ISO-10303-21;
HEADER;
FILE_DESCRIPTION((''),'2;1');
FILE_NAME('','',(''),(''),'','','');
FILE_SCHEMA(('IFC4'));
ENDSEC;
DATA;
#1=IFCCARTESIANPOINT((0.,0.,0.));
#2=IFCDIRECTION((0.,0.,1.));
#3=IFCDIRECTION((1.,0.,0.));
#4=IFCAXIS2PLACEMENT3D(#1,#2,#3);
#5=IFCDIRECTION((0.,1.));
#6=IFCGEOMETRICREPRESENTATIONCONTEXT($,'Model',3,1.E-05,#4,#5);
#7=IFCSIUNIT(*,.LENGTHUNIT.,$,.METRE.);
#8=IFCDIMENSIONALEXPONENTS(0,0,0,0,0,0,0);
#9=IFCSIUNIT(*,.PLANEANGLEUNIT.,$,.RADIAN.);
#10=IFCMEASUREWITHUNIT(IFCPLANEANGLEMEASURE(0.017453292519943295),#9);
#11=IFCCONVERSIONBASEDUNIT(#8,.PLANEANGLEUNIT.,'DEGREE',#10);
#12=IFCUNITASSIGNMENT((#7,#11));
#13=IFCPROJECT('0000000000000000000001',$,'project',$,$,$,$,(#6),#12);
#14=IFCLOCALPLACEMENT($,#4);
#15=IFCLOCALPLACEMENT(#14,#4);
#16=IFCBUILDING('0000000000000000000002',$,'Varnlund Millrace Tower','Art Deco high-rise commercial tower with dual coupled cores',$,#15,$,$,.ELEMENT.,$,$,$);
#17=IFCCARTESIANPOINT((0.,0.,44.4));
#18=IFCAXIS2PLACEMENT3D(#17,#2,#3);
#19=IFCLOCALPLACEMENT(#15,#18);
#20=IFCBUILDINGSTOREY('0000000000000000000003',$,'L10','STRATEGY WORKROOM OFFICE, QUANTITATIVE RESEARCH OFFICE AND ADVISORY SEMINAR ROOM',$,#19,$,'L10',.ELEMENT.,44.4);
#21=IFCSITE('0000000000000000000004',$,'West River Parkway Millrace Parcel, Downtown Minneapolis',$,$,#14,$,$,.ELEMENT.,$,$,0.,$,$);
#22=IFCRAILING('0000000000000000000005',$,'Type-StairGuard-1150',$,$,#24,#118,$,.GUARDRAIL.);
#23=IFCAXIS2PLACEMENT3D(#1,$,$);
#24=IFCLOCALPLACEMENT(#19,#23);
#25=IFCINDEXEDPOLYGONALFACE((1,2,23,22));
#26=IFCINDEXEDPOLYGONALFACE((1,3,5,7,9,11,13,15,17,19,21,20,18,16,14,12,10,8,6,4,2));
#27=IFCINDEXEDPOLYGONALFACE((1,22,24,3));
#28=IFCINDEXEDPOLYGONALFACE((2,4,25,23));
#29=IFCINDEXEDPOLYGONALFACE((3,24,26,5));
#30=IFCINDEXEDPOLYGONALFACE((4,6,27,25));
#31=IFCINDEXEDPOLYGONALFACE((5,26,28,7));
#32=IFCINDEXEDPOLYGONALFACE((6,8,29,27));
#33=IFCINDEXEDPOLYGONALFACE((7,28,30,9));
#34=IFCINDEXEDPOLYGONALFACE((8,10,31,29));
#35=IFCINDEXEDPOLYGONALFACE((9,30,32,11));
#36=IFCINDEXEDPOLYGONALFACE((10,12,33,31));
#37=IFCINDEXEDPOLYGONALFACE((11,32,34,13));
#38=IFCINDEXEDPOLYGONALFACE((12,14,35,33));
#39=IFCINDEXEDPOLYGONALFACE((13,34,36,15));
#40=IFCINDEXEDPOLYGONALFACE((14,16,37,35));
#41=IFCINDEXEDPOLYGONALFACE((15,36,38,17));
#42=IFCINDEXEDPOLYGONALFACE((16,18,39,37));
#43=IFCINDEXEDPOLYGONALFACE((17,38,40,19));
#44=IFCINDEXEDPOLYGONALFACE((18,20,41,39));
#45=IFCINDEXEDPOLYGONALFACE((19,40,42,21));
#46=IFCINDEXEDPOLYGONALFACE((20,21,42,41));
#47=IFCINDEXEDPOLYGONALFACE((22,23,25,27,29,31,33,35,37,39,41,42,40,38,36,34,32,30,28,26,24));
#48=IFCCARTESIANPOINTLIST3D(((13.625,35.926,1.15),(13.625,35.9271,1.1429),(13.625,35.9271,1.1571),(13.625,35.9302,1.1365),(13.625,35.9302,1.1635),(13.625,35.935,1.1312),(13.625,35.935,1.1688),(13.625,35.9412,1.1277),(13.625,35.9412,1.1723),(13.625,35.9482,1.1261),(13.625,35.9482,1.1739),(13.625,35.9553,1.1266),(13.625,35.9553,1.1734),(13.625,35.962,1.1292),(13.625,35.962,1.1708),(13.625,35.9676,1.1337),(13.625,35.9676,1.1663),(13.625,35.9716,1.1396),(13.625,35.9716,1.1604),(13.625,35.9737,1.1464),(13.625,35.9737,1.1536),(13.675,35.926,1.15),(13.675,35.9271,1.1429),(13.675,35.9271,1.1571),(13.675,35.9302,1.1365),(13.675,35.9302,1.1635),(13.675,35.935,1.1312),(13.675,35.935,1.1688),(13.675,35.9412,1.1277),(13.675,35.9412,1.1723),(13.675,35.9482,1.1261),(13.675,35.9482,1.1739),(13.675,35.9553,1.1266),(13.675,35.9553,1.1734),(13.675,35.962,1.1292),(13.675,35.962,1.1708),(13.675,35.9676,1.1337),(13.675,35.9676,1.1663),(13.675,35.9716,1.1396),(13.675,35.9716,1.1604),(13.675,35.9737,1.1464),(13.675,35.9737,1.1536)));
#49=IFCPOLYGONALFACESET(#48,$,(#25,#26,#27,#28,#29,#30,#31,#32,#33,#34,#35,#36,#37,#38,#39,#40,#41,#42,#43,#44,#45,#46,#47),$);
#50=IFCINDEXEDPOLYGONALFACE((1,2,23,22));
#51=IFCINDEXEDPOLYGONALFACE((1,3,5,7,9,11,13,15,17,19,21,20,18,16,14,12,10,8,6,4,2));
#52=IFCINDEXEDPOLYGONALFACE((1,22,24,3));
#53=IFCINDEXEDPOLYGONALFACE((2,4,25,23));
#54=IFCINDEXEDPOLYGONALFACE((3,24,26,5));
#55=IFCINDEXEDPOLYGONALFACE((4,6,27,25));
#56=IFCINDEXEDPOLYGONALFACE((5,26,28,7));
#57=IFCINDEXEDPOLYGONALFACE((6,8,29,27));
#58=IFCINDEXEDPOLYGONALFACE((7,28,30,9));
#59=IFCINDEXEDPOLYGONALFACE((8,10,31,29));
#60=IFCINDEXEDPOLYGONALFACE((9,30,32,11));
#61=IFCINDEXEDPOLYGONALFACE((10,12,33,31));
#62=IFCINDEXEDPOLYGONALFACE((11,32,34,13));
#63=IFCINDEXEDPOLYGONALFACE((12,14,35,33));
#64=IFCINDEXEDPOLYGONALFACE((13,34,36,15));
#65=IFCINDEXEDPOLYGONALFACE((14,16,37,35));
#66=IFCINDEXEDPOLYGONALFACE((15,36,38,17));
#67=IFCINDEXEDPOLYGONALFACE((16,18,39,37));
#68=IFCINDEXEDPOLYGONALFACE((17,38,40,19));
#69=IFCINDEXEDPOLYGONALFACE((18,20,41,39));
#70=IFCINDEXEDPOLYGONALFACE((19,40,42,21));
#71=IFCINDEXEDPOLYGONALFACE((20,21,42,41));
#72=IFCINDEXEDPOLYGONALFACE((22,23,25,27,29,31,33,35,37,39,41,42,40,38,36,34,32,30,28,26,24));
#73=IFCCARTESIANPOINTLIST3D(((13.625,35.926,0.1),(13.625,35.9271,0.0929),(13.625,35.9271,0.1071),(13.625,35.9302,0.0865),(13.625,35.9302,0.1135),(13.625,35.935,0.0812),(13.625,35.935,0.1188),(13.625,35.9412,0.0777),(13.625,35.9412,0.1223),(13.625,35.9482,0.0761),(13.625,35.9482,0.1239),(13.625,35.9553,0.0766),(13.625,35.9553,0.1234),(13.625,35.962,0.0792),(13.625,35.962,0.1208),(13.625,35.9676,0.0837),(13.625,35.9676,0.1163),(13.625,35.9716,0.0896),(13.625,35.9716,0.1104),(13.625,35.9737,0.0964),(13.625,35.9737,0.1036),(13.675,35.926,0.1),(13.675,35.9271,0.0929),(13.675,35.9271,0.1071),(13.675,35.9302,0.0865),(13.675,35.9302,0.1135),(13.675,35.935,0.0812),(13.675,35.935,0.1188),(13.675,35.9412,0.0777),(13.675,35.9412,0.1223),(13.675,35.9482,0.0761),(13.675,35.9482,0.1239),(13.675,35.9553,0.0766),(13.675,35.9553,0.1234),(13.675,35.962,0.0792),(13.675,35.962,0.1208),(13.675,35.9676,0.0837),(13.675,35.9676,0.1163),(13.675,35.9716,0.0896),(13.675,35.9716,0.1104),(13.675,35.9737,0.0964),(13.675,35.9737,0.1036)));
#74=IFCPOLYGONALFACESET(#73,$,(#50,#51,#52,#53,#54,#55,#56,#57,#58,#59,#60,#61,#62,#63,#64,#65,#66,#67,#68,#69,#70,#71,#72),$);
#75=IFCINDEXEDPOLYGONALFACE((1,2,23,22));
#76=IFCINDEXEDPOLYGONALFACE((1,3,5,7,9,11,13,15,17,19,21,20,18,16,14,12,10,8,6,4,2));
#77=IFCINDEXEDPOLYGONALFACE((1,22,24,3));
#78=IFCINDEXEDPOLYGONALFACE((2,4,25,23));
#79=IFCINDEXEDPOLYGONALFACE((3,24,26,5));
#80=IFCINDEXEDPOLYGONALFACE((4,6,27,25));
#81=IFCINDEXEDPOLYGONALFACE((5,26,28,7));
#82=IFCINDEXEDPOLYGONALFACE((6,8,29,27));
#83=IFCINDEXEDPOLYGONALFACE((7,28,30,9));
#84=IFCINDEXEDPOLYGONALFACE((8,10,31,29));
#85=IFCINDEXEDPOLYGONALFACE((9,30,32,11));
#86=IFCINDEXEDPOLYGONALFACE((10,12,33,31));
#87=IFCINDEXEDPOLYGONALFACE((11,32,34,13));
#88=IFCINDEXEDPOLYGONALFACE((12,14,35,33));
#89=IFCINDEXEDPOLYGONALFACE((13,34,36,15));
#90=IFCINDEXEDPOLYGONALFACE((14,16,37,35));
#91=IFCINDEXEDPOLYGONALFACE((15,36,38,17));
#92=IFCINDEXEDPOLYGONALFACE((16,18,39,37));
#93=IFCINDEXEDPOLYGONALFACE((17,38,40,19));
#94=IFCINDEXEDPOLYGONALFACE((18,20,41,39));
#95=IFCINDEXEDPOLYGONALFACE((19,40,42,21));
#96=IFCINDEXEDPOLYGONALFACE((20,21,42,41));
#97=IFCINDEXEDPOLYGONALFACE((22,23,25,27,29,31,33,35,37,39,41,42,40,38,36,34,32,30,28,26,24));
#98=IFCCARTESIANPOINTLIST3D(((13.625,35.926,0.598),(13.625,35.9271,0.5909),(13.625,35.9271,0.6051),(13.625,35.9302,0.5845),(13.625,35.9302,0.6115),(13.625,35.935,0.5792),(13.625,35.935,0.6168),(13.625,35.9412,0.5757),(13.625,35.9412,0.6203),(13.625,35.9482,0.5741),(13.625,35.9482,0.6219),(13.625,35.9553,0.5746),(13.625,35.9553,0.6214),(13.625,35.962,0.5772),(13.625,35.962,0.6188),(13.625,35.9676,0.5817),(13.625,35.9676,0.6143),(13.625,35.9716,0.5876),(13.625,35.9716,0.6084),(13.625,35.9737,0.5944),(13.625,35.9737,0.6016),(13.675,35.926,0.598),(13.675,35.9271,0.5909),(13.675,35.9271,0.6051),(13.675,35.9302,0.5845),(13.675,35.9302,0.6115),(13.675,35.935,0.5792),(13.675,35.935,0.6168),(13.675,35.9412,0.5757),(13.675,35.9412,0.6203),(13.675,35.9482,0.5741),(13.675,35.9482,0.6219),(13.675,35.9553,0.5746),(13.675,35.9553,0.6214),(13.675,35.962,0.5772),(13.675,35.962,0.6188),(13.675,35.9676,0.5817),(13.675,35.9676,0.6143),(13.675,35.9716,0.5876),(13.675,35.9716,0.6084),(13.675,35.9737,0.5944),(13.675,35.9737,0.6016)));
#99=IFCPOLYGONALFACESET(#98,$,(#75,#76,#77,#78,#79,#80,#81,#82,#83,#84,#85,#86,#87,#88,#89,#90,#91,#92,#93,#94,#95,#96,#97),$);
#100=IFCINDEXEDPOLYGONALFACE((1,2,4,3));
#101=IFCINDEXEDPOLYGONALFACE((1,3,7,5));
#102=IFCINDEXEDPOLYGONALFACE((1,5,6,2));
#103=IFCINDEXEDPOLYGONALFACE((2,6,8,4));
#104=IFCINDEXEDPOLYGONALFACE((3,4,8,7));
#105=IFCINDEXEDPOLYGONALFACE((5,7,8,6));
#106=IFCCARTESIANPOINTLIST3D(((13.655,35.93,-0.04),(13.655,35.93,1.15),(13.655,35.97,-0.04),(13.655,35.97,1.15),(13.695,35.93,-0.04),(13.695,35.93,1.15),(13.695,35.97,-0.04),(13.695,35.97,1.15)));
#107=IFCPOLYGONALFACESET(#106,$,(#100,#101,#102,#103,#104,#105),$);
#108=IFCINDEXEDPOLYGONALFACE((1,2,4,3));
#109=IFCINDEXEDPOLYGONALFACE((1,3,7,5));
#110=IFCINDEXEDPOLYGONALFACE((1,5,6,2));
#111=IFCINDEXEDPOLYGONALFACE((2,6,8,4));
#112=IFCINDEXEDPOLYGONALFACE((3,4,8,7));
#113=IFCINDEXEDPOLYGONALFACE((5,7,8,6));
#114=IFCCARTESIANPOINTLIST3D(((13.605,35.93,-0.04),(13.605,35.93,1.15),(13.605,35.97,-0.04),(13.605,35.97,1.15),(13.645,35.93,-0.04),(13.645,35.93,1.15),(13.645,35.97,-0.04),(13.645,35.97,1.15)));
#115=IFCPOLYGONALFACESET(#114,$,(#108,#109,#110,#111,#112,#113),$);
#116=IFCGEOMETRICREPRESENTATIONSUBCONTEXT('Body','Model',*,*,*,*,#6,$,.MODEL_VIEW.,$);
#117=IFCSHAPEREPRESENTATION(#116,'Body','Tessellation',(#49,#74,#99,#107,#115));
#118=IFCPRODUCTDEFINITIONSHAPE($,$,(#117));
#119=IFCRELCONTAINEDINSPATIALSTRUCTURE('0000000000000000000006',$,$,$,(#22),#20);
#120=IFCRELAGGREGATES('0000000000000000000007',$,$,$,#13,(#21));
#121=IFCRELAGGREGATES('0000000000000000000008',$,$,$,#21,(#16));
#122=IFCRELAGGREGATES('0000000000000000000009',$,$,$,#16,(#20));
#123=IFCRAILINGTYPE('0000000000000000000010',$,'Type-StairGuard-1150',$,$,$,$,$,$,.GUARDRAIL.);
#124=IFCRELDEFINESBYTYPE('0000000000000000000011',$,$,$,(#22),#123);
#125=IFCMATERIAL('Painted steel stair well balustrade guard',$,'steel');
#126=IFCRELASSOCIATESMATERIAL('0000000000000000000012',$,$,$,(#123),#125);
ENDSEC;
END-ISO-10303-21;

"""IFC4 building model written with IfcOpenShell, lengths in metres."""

from ifc_helpers import new_model, entity, si_unit, converted_unit, direction, frame, origin_with_axes, origin_2d_with_axis, place, context, subcontext, project, spatial, rectangle, circle, extrude, material, type_object, element, save


model = new_model("IFC4")

# Units and contexts
model_context = context("Model", 3, precision=1e-05, world=origin_with_axes(), true_north=direction((0.0, 1.0)))
body_context = subcontext(model_context, "Body", "Model", "MODEL_VIEW")
ifc_project = project(units=[si_unit("LENGTHUNIT", "METRE"), converted_unit("PLANEANGLEUNIT", "DEGREE", entity("IfcPlaneAngleMeasure", 0.017453292519943295), si_unit("PLANEANGLEUNIT", "RADIAN"), dimensions=[0, 0, 0, 0, 0, 0, 0])], contexts=[model_context])

# Site, building, storey
site_placement = place(None, origin_with_axes())
site = spatial("IfcSite", under=ifc_project, at=site_placement, Name="West River Parkway Millrace Parcel, Downtown Minneapolis", CompositionType="ELEMENT", RefElevation=0.0)
building_placement = place(site_placement, origin_with_axes())
building = spatial("IfcBuilding", under=site, at=building_placement, Name="Varnlund Millrace Tower", Description="Art Deco high-rise commercial tower with dual coupled cores", CompositionType="ELEMENT")
storey_placement = place(building_placement, frame((0.0, 0.0, 44.4), z_axis=(0.0, 0.0, 1.0), x_axis=(1.0, 0.0, 0.0)))
storey = spatial("IfcBuildingStorey", under=building, at=storey_placement, Name="L10", Description="STRATEGY WORKROOM OFFICE, QUANTITATIVE RESEARCH OFFICE AND ADVISORY SEMINAR ROOM", LongName="L10", CompositionType="ELEMENT", Elevation=44.4)

# Railing
ifc_material_1 = material(Name="Painted steel stair well balustrade guard", Category="steel")
railing_type_1 = type_object("IfcRailingType", Name="Type-StairGuard-1150", PredefinedType="GUARDRAIL", material=ifc_material_1)
railing_1_placement = place(storey_placement, frame((0.0, 0.0, -44.4), z_axis=(0.0, 0.0, 1.0), x_axis=(1.0, 0.0, 0.0)))
element("IfcRailing", 1, at=railing_1_placement, inside=storey, type_object=railing_type_1, Name="Type-StairGuard-1150", PredefinedType="GUARDRAIL", context=body_context, shape_type="SweptSolid", body=[
    extrude(circle(Radius=0.024, at=origin_2d_with_axis()), frame((13.675, 35.95, 45.55), z_axis=(-1.0, 0.0, 0.0), x_axis=(0.0, -1.0, 0.0)), (0.0, 0.0, 1.0), 0.05),
    extrude(circle(Radius=0.024, at=origin_2d_with_axis()), frame((13.675, 35.95, 44.5), z_axis=(-1.0, 0.0, 0.0), x_axis=(0.0, -1.0, 0.0)), (0.0, 0.0, 1.0), 0.05),
    extrude(circle(Radius=0.024, at=origin_2d_with_axis()), frame((13.675, 35.95, 44.998), z_axis=(-1.0, 0.0, 0.0), x_axis=(0.0, -1.0, 0.0)), (0.0, 0.0, 1.0), 0.05),
    extrude(rectangle(XDim=0.04, YDim=0.04, at=origin_2d_with_axis()), frame((13.675, 35.95, 44.36), z_axis=(0.0, 0.0, 1.0), x_axis=(1.0, 0.0, 0.0)), (0.0, 0.0, 1.0), 1.19),
    extrude(rectangle(XDim=0.04, YDim=0.04, at=origin_2d_with_axis()), frame((13.625, 35.95, 44.36), z_axis=(0.0, 0.0, 1.0), x_axis=(1.0, 0.0, 0.0)), (0.0, 0.0, 1.0), 1.19),
])

save(model, "model.ifc")
